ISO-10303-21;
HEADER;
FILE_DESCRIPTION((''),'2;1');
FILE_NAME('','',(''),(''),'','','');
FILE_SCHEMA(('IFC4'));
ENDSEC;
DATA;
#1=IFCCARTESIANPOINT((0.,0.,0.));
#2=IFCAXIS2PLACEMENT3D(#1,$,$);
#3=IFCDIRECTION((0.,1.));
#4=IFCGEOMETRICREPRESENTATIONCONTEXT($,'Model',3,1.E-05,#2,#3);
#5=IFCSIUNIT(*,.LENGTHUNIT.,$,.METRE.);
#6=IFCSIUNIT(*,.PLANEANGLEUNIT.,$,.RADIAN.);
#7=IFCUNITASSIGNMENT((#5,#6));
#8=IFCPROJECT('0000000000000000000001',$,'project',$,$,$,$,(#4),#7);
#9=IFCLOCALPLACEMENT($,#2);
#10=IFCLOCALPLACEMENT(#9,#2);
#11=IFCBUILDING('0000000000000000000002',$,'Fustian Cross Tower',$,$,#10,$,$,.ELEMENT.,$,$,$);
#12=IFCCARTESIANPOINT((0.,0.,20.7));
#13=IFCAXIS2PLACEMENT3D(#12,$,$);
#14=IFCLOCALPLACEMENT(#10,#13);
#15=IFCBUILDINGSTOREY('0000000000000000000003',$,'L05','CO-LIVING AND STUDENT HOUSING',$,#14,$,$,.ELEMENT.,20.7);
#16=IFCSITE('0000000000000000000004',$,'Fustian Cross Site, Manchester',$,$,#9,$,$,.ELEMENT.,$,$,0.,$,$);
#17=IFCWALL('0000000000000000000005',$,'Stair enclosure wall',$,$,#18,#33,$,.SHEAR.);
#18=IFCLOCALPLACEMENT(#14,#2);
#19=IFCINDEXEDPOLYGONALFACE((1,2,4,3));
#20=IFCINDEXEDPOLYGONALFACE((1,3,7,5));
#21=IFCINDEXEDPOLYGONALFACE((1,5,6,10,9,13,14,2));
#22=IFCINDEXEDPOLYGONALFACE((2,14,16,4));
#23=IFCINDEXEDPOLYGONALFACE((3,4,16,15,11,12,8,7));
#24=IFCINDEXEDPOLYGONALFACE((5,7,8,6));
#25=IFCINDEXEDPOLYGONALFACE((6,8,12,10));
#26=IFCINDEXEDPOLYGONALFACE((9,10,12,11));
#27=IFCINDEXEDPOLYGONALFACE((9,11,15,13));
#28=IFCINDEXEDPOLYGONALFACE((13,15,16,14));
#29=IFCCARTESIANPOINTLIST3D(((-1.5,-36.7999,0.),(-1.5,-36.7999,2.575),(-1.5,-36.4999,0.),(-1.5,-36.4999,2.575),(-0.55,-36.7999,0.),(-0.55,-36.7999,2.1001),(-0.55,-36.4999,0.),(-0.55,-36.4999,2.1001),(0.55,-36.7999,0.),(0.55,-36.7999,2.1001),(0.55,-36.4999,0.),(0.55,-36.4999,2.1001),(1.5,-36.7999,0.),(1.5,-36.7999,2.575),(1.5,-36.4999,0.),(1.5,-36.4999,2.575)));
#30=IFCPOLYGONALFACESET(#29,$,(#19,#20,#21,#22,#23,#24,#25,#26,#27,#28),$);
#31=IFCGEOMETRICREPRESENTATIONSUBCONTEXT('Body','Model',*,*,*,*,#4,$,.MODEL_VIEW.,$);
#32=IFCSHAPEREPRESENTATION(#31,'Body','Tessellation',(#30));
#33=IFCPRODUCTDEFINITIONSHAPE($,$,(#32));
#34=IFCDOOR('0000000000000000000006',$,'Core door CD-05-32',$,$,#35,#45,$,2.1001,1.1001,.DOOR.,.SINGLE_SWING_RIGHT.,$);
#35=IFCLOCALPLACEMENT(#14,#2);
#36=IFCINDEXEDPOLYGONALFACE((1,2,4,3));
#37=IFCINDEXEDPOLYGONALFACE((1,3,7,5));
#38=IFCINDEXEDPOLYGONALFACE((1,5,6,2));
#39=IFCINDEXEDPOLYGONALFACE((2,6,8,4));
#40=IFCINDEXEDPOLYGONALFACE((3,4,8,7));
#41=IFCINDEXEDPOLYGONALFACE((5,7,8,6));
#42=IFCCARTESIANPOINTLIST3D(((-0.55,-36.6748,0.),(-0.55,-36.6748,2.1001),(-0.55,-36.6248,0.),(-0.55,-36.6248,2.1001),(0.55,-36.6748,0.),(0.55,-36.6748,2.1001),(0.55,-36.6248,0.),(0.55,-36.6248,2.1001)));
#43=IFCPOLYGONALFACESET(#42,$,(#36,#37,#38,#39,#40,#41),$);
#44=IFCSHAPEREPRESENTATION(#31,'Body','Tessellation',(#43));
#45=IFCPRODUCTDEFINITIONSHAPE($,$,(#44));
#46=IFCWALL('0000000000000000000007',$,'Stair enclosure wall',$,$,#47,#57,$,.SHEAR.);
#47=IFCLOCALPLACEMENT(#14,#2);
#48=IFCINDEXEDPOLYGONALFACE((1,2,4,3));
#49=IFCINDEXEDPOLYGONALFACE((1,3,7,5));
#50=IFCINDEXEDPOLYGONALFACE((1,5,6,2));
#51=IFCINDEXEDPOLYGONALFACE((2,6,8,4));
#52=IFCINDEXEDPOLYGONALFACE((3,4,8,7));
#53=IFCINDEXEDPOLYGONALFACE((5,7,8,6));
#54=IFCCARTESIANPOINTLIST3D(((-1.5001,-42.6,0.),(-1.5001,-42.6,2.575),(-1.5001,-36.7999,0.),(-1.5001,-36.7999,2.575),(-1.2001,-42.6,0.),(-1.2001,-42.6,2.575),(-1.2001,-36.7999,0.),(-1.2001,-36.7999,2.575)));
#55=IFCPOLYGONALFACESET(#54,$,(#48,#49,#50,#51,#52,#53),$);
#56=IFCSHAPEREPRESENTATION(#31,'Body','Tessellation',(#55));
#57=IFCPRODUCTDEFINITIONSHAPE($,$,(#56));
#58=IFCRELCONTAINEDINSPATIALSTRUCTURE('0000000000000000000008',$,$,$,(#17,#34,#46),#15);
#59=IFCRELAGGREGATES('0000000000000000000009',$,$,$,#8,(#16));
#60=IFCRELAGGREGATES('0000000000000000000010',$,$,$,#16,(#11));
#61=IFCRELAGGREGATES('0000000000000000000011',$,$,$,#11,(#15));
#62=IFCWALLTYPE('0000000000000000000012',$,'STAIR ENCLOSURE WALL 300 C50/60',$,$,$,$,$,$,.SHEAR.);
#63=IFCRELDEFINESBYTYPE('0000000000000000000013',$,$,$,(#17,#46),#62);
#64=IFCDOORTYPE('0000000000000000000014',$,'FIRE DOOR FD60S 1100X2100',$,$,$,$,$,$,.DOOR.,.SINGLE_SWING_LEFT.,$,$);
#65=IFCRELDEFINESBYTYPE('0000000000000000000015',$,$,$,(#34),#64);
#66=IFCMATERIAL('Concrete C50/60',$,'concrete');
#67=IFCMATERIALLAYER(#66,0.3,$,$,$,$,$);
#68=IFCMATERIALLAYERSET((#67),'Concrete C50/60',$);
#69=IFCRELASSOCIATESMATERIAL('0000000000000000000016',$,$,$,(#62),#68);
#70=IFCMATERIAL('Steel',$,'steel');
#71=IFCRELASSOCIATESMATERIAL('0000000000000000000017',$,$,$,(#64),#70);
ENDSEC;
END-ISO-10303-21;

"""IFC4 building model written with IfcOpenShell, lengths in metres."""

from ifc_helpers import new_model, si_unit, direction, frame, frame_2d, origin, place, context, subcontext, project, spatial, rectangle, extrude, material, layer, layer_set, type_object, element, fill, save


model = new_model("IFC4")

# Units and contexts
model_context = context("Model", 3, precision=1e-05, world=origin(), true_north=direction((0.0, 1.0)))
body_context = subcontext(model_context, "Body", "Model", "MODEL_VIEW")
ifc_project = project(units=[si_unit("LENGTHUNIT", "METRE"), si_unit("PLANEANGLEUNIT", "RADIAN")], contexts=[model_context])

# Site, building, storey
site_placement = place(None, origin())
site = spatial("IfcSite", under=ifc_project, at=site_placement, Name="Fustian Cross Site, Manchester", CompositionType="ELEMENT", RefElevation=0.0)
building_placement = place(site_placement, origin())
building = spatial("IfcBuilding", under=site, at=building_placement, Name="Fustian Cross Tower", CompositionType="ELEMENT")
storey_placement = place(building_placement, frame((0.0, 0.0, 20.7)))
storey = spatial("IfcBuildingStorey", under=building, at=storey_placement, Name="L05", Description="CO-LIVING AND STUDENT HOUSING", CompositionType="ELEMENT", Elevation=20.7)

# Wall, opening, door
ifc_material_1 = material(Name="Concrete C50/60", Category="concrete")
ifc_layer_1 = layer(ifc_material_1, 0.3)
ifc_layer_set_1 = layer_set([ifc_layer_1], Name="Concrete C50/60")
wall_type_1 = type_object("IfcWallType", Name="STAIR ENCLOSURE WALL 300 C50/60", PredefinedType="SHEAR", material=ifc_layer_set_1)
wall_1_placement = place(storey_placement, frame((-1.5, -36.6499, 0.0), z_axis=(0.0, 0.0, 1.0), x_axis=(1.0, 0.0, 0.0)))
wall_1 = element("IfcWall", 1, at=wall_1_placement, inside=storey, type_object=wall_type_1, Name="Stair enclosure wall", PredefinedType="SHEAR", context=body_context, shape_type="SweptSolid", body=[
    extrude(rectangle(XDim=3.0, YDim=0.3, at=frame_2d((1.5, 0.0))), origin(), (0.0, 0.0, 1.0), 2.575),
])
opening_1_placement = place(wall_1_placement, frame((0.95, 0.0, 0.0)))
opening_1 = element("IfcOpeningElement", 2, at=opening_1_placement, cuts=wall_1, PredefinedType="OPENING", context=body_context, shape_type="SweptSolid", body=[
    extrude(rectangle(XDim=1.1001, YDim=2.1001, at=frame_2d((0.55, 1.05))), frame((0.0, 0.1599, 0.0), z_axis=(0.0, -1.0, 0.0), x_axis=(1.0, 0.0, 0.0)), (0.0, 0.0, 1.0), 0.3201),
])
ifc_material_2 = material(Name="Steel", Category="steel")
door_type_1 = type_object("IfcDoorType", Name="FIRE DOOR FD60S 1100X2100", OperationType="SINGLE_SWING_LEFT", PredefinedType="DOOR", material=ifc_material_2)
door_1_placement = place(opening_1_placement, frame((1.1001, 0.0, 0.0), z_axis=(0.0, 0.0, 1.0), x_axis=(-1.0, 0.0, 0.0)))
door_1 = element("IfcDoor", 3, at=door_1_placement, inside=storey, type_object=door_type_1, Name="Core door CD-05-32", OperationType="SINGLE_SWING_RIGHT", OverallHeight=2.1001, OverallWidth=1.1001, PredefinedType="DOOR", context=body_context, shape_type="SweptSolid", body=[
    extrude(rectangle(XDim=1.1001, YDim=2.1001, at=frame_2d((0.55, 1.05))), frame((0.0, 0.0249, 0.0), z_axis=(0.0, -1.0, 0.0), x_axis=(1.0, 0.0, 0.0)), (0.0, 0.0, 1.0), 0.05),
])
fill(opening_1, door_1)

# Wall
wall_2_placement = place(storey_placement, frame((-1.3501, -36.8, 0.0), z_axis=(0.0, 0.0, 1.0), x_axis=(0.0, -1.0, 0.0)))
element("IfcWall", 4, at=wall_2_placement, inside=storey, type_object=wall_type_1, Name="Stair enclosure wall", PredefinedType="SHEAR", context=body_context, shape_type="SweptSolid", body=[
    extrude(rectangle(XDim=5.8, YDim=0.3, at=frame_2d((2.8999, 0.0))), origin(), (0.0, 0.0, 1.0), 2.575),
])

save(model, "model.ifc")
